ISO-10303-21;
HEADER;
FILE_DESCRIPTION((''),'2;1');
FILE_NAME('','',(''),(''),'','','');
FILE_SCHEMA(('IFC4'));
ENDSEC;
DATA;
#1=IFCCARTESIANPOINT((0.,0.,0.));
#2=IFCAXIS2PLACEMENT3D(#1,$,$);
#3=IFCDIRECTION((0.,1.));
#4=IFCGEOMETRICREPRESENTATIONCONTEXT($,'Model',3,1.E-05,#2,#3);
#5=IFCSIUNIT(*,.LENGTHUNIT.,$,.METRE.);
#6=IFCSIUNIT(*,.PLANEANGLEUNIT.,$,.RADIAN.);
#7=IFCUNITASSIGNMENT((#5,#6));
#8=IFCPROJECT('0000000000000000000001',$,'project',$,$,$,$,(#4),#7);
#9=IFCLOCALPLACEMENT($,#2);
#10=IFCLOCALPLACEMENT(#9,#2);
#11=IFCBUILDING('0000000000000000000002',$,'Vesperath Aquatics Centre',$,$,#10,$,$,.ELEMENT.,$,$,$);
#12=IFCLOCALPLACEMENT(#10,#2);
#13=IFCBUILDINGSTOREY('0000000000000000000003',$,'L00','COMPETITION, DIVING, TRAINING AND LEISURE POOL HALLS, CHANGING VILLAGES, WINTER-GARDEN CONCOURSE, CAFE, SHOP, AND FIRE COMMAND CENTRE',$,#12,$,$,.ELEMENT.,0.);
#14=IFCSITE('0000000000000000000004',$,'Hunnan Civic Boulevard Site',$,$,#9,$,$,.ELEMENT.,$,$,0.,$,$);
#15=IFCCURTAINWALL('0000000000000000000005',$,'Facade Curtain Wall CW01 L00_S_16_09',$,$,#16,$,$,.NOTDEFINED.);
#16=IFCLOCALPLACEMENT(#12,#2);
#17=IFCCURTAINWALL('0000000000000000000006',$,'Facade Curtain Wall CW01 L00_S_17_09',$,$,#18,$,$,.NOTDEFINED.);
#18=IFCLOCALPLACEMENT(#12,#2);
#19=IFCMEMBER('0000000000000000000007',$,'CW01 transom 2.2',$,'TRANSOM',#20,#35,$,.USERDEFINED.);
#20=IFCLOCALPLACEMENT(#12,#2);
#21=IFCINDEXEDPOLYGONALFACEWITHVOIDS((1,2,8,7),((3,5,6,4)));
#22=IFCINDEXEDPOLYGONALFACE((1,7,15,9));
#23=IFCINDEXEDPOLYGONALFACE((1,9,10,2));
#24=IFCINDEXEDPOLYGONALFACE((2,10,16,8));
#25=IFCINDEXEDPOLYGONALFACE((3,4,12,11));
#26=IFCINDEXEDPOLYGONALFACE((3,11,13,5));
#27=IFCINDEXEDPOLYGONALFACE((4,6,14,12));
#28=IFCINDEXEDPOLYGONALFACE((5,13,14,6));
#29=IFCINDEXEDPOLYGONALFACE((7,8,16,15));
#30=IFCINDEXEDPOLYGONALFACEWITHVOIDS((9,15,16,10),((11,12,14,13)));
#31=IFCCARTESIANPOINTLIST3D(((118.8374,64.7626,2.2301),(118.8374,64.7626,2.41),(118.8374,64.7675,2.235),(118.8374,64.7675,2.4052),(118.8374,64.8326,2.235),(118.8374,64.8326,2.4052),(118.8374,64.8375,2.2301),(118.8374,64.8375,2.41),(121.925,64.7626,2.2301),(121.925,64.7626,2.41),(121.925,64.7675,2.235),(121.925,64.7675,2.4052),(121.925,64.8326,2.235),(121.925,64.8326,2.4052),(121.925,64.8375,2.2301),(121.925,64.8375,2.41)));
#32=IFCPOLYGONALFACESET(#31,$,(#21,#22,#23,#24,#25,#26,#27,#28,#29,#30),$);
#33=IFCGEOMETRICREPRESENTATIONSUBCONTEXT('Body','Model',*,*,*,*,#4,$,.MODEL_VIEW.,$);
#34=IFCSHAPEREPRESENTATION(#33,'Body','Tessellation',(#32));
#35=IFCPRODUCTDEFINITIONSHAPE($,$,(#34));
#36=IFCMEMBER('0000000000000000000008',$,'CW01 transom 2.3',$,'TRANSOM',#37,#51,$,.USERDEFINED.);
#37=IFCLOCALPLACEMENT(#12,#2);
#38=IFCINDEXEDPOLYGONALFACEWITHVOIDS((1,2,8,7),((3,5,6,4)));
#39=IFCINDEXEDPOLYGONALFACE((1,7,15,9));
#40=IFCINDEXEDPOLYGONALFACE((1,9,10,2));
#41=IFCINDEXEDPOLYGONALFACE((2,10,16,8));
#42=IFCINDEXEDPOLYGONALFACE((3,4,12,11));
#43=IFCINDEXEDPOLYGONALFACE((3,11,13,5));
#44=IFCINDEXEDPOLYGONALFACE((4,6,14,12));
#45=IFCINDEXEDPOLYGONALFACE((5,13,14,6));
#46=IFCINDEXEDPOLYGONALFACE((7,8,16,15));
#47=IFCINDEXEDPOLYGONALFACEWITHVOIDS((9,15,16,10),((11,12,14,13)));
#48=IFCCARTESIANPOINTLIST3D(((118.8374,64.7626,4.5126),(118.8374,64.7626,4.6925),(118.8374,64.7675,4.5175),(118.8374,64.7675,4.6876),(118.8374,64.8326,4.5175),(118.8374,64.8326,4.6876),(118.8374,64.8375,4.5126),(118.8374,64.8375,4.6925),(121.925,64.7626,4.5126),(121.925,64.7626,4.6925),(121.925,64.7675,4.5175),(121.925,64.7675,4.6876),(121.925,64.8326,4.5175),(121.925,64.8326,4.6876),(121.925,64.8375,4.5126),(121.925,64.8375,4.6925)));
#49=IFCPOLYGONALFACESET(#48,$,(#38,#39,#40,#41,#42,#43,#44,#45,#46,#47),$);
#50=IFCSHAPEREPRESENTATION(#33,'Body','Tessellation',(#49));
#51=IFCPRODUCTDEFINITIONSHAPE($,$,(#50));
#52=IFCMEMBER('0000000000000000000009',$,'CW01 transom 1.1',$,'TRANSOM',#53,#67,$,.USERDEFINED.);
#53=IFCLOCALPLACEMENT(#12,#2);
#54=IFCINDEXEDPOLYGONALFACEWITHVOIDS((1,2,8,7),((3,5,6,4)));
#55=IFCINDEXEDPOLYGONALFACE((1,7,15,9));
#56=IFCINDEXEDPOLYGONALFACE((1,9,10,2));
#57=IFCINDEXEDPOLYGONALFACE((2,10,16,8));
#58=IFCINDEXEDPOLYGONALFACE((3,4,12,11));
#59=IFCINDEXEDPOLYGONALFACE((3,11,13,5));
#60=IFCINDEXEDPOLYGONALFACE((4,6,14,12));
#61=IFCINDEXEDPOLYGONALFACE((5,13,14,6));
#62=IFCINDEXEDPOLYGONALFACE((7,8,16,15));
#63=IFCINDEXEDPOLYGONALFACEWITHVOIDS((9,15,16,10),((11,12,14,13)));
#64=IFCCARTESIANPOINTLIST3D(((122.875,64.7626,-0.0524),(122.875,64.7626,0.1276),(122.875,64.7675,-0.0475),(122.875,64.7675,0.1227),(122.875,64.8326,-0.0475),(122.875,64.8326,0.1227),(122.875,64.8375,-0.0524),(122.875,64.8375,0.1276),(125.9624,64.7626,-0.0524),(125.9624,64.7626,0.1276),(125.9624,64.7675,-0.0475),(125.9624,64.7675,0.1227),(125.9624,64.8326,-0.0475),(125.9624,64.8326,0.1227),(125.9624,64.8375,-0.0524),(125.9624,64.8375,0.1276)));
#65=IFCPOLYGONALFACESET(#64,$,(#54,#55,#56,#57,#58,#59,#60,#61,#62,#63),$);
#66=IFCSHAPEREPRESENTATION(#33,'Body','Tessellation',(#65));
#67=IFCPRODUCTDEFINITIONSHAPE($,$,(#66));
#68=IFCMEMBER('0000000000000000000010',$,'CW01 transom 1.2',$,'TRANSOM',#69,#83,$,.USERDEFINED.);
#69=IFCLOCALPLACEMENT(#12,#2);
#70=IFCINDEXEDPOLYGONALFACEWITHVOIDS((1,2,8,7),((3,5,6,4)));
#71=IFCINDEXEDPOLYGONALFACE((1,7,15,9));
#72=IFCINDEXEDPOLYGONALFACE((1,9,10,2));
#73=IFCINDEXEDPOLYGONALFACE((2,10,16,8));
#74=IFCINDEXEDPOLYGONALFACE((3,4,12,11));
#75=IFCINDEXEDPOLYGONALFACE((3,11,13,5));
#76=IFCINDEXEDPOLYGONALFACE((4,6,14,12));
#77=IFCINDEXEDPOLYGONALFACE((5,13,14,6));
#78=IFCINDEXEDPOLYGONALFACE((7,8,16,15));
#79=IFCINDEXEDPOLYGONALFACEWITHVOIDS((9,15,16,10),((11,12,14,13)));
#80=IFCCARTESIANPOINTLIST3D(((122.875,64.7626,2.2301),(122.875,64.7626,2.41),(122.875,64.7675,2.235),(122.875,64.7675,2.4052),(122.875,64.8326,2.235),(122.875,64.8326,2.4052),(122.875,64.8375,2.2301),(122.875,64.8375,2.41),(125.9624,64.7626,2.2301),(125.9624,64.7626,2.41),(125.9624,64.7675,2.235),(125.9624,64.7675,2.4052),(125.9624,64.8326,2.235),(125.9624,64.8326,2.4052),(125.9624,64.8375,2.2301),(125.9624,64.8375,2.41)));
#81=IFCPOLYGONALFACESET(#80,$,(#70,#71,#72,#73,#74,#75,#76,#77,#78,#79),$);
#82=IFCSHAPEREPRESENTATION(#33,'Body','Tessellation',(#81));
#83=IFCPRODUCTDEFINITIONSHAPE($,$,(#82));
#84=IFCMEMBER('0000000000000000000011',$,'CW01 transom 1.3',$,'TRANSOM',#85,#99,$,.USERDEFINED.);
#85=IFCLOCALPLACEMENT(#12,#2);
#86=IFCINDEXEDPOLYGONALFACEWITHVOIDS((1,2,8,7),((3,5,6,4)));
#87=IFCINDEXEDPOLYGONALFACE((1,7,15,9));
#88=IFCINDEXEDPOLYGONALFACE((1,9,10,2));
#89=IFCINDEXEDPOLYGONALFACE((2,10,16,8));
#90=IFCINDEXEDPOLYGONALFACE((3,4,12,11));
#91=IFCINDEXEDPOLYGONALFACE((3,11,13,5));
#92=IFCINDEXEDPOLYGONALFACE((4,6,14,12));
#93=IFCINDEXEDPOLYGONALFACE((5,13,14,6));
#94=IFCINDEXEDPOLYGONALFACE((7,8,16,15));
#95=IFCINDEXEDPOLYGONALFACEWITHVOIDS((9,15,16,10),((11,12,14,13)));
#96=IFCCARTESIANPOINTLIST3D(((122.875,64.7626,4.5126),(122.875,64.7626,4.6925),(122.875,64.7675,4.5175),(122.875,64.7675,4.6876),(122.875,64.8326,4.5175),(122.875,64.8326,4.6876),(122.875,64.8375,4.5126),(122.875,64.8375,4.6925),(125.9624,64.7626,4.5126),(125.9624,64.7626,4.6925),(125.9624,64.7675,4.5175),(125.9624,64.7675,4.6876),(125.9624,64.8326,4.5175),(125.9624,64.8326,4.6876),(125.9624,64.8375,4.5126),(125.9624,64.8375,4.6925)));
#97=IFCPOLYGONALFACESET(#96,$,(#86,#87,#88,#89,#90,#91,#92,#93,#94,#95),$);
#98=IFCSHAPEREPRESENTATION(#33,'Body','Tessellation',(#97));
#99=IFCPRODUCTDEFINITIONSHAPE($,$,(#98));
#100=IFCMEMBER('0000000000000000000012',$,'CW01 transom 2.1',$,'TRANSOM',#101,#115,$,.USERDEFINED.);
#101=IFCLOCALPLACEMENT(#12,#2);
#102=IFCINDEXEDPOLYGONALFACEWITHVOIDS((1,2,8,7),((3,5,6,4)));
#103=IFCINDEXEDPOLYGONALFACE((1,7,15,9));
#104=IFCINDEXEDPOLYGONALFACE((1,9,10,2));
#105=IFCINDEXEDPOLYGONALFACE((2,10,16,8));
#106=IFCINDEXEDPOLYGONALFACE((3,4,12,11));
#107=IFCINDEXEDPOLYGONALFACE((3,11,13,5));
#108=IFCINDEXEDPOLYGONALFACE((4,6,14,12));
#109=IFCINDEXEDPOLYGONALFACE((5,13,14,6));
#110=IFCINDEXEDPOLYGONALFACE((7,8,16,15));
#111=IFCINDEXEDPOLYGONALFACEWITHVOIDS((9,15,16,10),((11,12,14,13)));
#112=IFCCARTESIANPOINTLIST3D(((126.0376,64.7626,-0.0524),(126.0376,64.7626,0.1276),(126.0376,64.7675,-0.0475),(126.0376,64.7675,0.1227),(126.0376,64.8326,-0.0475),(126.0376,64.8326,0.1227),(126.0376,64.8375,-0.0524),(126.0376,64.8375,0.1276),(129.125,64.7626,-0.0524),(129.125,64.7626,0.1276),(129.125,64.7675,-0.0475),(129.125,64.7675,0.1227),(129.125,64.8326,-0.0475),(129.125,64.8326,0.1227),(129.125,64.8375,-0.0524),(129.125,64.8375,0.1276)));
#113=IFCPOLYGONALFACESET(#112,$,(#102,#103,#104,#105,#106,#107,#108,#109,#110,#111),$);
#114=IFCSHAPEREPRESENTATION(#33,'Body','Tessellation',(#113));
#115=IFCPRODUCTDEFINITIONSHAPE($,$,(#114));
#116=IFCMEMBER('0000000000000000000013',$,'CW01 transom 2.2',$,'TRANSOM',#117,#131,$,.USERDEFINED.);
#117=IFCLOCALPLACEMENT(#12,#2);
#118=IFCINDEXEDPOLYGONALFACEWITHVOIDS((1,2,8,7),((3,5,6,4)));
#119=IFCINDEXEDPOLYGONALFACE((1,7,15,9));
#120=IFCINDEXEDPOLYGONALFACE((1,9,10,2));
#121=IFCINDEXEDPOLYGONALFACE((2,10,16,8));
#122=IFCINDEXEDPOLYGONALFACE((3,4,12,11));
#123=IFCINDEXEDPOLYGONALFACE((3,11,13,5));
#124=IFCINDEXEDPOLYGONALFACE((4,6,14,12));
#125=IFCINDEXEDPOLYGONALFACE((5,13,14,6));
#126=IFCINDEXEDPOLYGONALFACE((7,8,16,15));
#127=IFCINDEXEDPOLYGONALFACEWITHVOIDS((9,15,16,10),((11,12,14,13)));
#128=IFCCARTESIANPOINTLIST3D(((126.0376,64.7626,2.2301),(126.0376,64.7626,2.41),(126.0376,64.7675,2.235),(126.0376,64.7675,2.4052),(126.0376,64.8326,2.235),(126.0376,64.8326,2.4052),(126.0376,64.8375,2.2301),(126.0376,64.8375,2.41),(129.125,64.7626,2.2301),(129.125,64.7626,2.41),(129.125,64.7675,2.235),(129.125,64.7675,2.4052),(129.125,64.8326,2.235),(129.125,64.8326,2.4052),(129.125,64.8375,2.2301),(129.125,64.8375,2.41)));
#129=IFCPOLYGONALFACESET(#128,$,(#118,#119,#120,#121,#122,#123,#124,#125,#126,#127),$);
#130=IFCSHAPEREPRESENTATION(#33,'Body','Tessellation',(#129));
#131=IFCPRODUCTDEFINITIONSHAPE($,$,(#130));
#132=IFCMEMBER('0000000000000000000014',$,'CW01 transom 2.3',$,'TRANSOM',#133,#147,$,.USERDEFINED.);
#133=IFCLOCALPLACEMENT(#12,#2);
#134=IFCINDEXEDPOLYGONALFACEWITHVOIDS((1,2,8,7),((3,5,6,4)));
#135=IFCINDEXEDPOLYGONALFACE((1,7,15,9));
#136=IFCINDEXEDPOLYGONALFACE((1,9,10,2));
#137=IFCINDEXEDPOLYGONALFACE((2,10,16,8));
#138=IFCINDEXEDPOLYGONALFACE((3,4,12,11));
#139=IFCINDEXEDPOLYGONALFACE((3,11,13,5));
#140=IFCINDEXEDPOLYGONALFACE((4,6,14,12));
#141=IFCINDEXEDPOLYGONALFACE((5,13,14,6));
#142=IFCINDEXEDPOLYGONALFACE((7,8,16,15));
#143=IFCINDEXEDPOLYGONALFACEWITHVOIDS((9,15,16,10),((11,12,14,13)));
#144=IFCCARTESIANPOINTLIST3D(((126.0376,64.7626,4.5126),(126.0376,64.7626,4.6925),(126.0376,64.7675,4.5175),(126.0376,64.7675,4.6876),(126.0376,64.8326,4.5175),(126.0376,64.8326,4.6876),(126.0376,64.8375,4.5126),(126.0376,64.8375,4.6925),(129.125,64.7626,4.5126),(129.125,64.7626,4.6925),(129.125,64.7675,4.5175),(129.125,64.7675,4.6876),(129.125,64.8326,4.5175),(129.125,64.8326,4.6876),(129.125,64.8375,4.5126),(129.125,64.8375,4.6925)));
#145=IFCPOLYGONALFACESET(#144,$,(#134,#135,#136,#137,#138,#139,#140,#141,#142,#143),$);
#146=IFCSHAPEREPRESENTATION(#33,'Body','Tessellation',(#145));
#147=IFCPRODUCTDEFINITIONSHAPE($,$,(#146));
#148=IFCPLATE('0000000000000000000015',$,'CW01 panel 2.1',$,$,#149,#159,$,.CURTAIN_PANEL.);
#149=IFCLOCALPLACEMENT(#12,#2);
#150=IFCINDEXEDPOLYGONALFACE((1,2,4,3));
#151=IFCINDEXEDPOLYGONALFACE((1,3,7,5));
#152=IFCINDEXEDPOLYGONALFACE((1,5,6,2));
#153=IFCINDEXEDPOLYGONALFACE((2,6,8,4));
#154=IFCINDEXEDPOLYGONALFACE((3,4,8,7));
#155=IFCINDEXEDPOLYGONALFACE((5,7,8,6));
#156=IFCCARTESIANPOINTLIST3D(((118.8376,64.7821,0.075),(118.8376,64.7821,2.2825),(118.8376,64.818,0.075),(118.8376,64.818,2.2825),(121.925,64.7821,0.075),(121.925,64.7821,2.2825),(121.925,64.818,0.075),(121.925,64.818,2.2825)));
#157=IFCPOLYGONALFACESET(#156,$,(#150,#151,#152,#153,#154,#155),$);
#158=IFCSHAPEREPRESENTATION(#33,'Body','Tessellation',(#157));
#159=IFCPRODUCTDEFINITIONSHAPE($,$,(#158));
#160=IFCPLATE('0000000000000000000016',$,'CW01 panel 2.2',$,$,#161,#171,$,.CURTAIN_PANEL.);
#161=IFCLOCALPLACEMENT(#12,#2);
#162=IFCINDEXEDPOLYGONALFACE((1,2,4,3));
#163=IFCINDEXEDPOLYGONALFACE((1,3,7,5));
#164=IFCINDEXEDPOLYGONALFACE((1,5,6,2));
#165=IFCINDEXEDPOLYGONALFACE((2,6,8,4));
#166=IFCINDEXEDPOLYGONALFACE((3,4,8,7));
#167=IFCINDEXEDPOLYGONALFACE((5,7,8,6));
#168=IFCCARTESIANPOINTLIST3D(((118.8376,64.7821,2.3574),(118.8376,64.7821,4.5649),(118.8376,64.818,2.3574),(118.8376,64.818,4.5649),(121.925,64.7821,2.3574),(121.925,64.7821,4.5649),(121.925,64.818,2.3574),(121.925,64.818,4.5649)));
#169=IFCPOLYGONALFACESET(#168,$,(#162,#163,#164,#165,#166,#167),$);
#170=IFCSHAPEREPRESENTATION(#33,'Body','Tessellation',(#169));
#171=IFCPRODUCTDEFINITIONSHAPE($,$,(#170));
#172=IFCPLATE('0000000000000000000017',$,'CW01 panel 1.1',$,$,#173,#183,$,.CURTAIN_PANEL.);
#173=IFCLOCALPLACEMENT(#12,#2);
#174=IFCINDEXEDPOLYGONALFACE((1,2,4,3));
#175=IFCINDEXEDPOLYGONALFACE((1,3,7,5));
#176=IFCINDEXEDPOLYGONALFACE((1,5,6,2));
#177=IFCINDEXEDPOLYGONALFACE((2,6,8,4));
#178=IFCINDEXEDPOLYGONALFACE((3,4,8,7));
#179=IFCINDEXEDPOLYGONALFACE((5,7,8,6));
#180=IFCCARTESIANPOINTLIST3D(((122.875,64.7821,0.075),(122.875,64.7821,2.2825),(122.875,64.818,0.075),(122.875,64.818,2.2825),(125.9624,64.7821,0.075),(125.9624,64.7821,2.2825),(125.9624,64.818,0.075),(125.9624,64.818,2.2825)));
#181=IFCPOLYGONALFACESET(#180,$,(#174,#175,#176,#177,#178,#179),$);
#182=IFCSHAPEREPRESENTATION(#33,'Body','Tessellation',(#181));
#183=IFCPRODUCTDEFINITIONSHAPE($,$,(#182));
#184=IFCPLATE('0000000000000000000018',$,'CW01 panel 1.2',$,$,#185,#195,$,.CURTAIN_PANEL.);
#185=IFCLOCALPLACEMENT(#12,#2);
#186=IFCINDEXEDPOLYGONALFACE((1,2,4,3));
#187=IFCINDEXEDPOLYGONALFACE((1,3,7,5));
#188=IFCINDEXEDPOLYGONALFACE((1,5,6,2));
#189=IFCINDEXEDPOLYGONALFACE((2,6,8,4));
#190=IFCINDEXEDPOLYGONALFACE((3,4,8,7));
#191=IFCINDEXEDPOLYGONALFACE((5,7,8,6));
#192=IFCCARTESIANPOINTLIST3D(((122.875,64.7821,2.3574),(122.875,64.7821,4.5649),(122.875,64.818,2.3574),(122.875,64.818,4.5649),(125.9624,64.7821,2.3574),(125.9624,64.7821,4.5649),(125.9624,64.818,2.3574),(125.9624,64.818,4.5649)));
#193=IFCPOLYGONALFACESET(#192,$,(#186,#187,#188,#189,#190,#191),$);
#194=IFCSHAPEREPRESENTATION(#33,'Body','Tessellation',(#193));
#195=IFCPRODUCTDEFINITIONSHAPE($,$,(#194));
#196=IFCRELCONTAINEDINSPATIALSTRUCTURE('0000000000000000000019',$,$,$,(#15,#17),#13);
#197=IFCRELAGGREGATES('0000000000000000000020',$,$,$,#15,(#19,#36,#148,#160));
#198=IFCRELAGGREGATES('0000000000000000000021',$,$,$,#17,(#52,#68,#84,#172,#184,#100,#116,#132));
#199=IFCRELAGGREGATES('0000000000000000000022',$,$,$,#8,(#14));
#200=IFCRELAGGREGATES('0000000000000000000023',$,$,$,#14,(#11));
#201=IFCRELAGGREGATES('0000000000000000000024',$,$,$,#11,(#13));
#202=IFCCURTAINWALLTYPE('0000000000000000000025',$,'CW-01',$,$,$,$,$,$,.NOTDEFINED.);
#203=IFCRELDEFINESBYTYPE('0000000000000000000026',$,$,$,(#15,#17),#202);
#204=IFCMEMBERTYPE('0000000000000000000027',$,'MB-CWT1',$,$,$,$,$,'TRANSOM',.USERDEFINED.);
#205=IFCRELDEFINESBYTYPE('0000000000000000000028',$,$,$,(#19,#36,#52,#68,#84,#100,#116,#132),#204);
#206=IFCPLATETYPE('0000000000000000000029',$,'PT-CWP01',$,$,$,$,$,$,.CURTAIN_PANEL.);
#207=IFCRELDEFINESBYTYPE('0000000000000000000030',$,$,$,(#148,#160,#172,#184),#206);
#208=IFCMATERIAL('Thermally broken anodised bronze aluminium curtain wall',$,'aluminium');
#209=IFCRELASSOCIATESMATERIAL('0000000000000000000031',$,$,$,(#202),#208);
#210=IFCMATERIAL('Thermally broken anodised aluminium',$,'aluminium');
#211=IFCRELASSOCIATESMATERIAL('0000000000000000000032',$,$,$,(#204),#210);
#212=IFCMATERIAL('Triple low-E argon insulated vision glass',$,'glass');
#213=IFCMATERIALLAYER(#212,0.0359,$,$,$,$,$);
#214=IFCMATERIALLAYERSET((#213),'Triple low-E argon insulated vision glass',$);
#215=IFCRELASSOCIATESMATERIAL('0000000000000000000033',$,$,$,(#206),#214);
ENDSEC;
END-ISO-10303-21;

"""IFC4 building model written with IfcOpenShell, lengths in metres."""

from ifc_helpers import new_model, si_unit, direction, frame, origin, origin_2d, place, context, subcontext, project, spatial, rectangle, hollow_rectangle, extrude, material, layer, layer_set, material_profile, profile_set, type_object, element, aggregate, save


model = new_model("IFC4")

# Units and contexts
model_context = context("Model", 3, precision=1e-05, world=origin(), true_north=direction((0.0, 1.0)))
body_context = subcontext(model_context, "Body", "Model", "MODEL_VIEW")
ifc_project = project(units=[si_unit("LENGTHUNIT", "METRE"), si_unit("PLANEANGLEUNIT", "RADIAN")], contexts=[model_context])

# Site, building, storey
site_placement = place(None, origin())
site = spatial("IfcSite", under=ifc_project, at=site_placement, Name="Hunnan Civic Boulevard Site", CompositionType="ELEMENT", RefElevation=0.0)
building_placement = place(site_placement, origin())
building = spatial("IfcBuilding", under=site, at=building_placement, Name="Vesperath Aquatics Centre", CompositionType="ELEMENT")
storey_placement = place(building_placement, origin())
storey = spatial("IfcBuildingStorey", under=building, at=storey_placement, Name="L00", Description="COMPETITION, DIVING, TRAINING AND LEISURE POOL HALLS, CHANGING VILLAGES, WINTER-GARDEN CONCOURSE, CAFE, SHOP, AND FIRE COMMAND CENTRE", CompositionType="ELEMENT", Elevation=0.0)

# Curtain walls
ifc_material_1 = material(Name="Thermally broken anodised bronze aluminium curtain wall", Category="aluminium")
curtain_wall_type = type_object("IfcCurtainWallType", Name="CW-01", PredefinedType="NOTDEFINED", material=ifc_material_1)
curtain_wall_1_placement = place(storey_placement, origin())
curtain_wall_1 = element("IfcCurtainWall", 1, at=curtain_wall_1_placement, inside=storey, type_object=curtain_wall_type, Name="Facade Curtain Wall CW01 L00_S_16_09", PredefinedType="NOTDEFINED")
ifc_material_2 = material(Name="Thermally broken anodised aluminium", Category="aluminium")
curtain_wall_2_placement = place(storey_placement, origin())
curtain_wall_2 = element("IfcCurtainWall", 2, at=curtain_wall_2_placement, inside=storey, type_object=curtain_wall_type, Name="Facade Curtain Wall CW01 L00_S_17_09", PredefinedType="NOTDEFINED")

# Members
ifc_material_profile_1 = material_profile(ifc_material_2, hollow_rectangle(XDim=0.075, YDim=0.1799, WallThickness=0.0049, at=origin_2d()), Name="CWT 75x180x5")
ifc_profile_set_1 = profile_set([ifc_material_profile_1], Name="Thermally broken anodised aluminium")
member_type_1 = type_object("IfcMemberType", Name="MB-CWT1", ElementType="TRANSOM", PredefinedType="USERDEFINED", material=ifc_profile_set_1)
member_1_placement = place(storey_placement, frame((118.8374, 64.8, 2.3201), z_axis=(1.0, 0.0, 0.0), x_axis=(0.0, 1.0, 0.0)))
member_1 = element("IfcMember", 3, at=member_1_placement, type_object=member_type_1, Name="CW01 transom 2.2", ObjectType="TRANSOM", PredefinedType="USERDEFINED", context=body_context, shape_type="SweptSolid", body=[
    extrude(hollow_rectangle(XDim=0.075, YDim=0.1799, WallThickness=0.0049, at=origin_2d()), origin(), (0.0, 0.0, 1.0), 3.0876),
])
member_2_placement = place(storey_placement, frame((118.8374, 64.8, 4.6025), z_axis=(1.0, 0.0, 0.0), x_axis=(0.0, 1.0, 0.0)))
member_2 = element("IfcMember", 4, at=member_2_placement, type_object=member_type_1, Name="CW01 transom 2.3", ObjectType="TRANSOM", PredefinedType="USERDEFINED", context=body_context, shape_type="SweptSolid", body=[
    extrude(hollow_rectangle(XDim=0.075, YDim=0.1799, WallThickness=0.0049, at=origin_2d()), origin(), (0.0, 0.0, 1.0), 3.0876),
])
member_3_placement = place(storey_placement, frame((122.875, 64.8, 0.0376), z_axis=(1.0, 0.0, 0.0), x_axis=(0.0, 1.0, 0.0)))
member_3 = element("IfcMember", 5, at=member_3_placement, type_object=member_type_1, Name="CW01 transom 1.1", ObjectType="TRANSOM", PredefinedType="USERDEFINED", context=body_context, shape_type="SweptSolid", body=[
    extrude(hollow_rectangle(XDim=0.075, YDim=0.1799, WallThickness=0.0049, at=origin_2d()), origin(), (0.0, 0.0, 1.0), 3.0874),
])
member_4_placement = place(storey_placement, frame((122.875, 64.8, 2.3201), z_axis=(1.0, 0.0, 0.0), x_axis=(0.0, 1.0, 0.0)))
member_4 = element("IfcMember", 6, at=member_4_placement, type_object=member_type_1, Name="CW01 transom 1.2", ObjectType="TRANSOM", PredefinedType="USERDEFINED", context=body_context, shape_type="SweptSolid", body=[
    extrude(hollow_rectangle(XDim=0.075, YDim=0.1799, WallThickness=0.0049, at=origin_2d()), origin(), (0.0, 0.0, 1.0), 3.0874),
])
member_5_placement = place(storey_placement, frame((122.875, 64.8, 4.6025), z_axis=(1.0, 0.0, 0.0), x_axis=(0.0, 1.0, 0.0)))
member_5 = element("IfcMember", 7, at=member_5_placement, type_object=member_type_1, Name="CW01 transom 1.3", ObjectType="TRANSOM", PredefinedType="USERDEFINED", context=body_context, shape_type="SweptSolid", body=[
    extrude(hollow_rectangle(XDim=0.075, YDim=0.1799, WallThickness=0.0049, at=origin_2d()), origin(), (0.0, 0.0, 1.0), 3.0874),
])
member_6_placement = place(storey_placement, frame((126.0376, 64.8, 0.0376), z_axis=(1.0, 0.0, 0.0), x_axis=(0.0, 1.0, 0.0)))
member_6 = element("IfcMember", 8, at=member_6_placement, type_object=member_type_1, Name="CW01 transom 2.1", ObjectType="TRANSOM", PredefinedType="USERDEFINED", context=body_context, shape_type="SweptSolid", body=[
    extrude(hollow_rectangle(XDim=0.075, YDim=0.1799, WallThickness=0.0049, at=origin_2d()), origin(), (0.0, 0.0, 1.0), 3.0874),
])
member_7_placement = place(storey_placement, frame((126.0376, 64.8, 2.3201), z_axis=(1.0, 0.0, 0.0), x_axis=(0.0, 1.0, 0.0)))
member_7 = element("IfcMember", 9, at=member_7_placement, type_object=member_type_1, Name="CW01 transom 2.2", ObjectType="TRANSOM", PredefinedType="USERDEFINED", context=body_context, shape_type="SweptSolid", body=[
    extrude(hollow_rectangle(XDim=0.075, YDim=0.1799, WallThickness=0.0049, at=origin_2d()), origin(), (0.0, 0.0, 1.0), 3.0874),
])
member_8_placement = place(storey_placement, frame((126.0376, 64.8, 4.6025), z_axis=(1.0, 0.0, 0.0), x_axis=(0.0, 1.0, 0.0)))
member_8 = element("IfcMember", 10, at=member_8_placement, type_object=member_type_1, Name="CW01 transom 2.3", ObjectType="TRANSOM", PredefinedType="USERDEFINED", context=body_context, shape_type="SweptSolid", body=[
    extrude(hollow_rectangle(XDim=0.075, YDim=0.1799, WallThickness=0.0049, at=origin_2d()), origin(), (0.0, 0.0, 1.0), 3.0874),
])

# Plates
ifc_material_3 = material(Name="Triple low-E argon insulated vision glass", Category="glass")
ifc_layer = layer(ifc_material_3, 0.0359)
ifc_layer_set = layer_set([ifc_layer], Name="Triple low-E argon insulated vision glass")
plate_type = type_object("IfcPlateType", Name="PT-CWP01", PredefinedType="CURTAIN_PANEL", material=ifc_layer_set)
plate_1_placement = place(storey_placement, frame((120.3813, 64.8, 0.075), z_axis=(0.0, 0.0, 1.0), x_axis=(1.0, 0.0, 0.0)))
plate_1 = element("IfcPlate", 11, at=plate_1_placement, type_object=plate_type, Name="CW01 panel 2.1", PredefinedType="CURTAIN_PANEL", context=body_context, shape_type="SweptSolid", body=[
    extrude(rectangle(XDim=3.0874, YDim=0.0359, at=origin_2d()), origin(), (0.0, 0.0, 1.0), 2.2075),
])
plate_2_placement = place(storey_placement, frame((120.3813, 64.8, 2.3574), z_axis=(0.0, 0.0, 1.0), x_axis=(1.0, 0.0, 0.0)))
plate_2 = element("IfcPlate", 12, at=plate_2_placement, type_object=plate_type, Name="CW01 panel 2.2", PredefinedType="CURTAIN_PANEL", context=body_context, shape_type="SweptSolid", body=[
    extrude(rectangle(XDim=3.0874, YDim=0.0359, at=origin_2d()), origin(), (0.0, 0.0, 1.0), 2.2075),
])
aggregate(curtain_wall_1, [member_1, member_2, plate_1, plate_2])
plate_3_placement = place(storey_placement, frame((124.4187, 64.8, 0.075), z_axis=(0.0, 0.0, 1.0), x_axis=(1.0, 0.0, 0.0)))
plate_3 = element("IfcPlate", 13, at=plate_3_placement, type_object=plate_type, Name="CW01 panel 1.1", PredefinedType="CURTAIN_PANEL", context=body_context, shape_type="SweptSolid", body=[
    extrude(rectangle(XDim=3.0874, YDim=0.0359, at=origin_2d()), origin(), (0.0, 0.0, 1.0), 2.2075),
])
plate_4_placement = place(storey_placement, frame((124.4187, 64.8, 2.3574), z_axis=(0.0, 0.0, 1.0), x_axis=(1.0, 0.0, 0.0)))
plate_4 = element("IfcPlate", 14, at=plate_4_placement, type_object=plate_type, Name="CW01 panel 1.2", PredefinedType="CURTAIN_PANEL", context=body_context, shape_type="SweptSolid", body=[
    extrude(rectangle(XDim=3.0874, YDim=0.0359, at=origin_2d()), origin(), (0.0, 0.0, 1.0), 2.2075),
])
aggregate(curtain_wall_2, [member_3, member_4, member_5, plate_3, plate_4, member_6, member_7, member_8])

save(model, "model.ifc")
